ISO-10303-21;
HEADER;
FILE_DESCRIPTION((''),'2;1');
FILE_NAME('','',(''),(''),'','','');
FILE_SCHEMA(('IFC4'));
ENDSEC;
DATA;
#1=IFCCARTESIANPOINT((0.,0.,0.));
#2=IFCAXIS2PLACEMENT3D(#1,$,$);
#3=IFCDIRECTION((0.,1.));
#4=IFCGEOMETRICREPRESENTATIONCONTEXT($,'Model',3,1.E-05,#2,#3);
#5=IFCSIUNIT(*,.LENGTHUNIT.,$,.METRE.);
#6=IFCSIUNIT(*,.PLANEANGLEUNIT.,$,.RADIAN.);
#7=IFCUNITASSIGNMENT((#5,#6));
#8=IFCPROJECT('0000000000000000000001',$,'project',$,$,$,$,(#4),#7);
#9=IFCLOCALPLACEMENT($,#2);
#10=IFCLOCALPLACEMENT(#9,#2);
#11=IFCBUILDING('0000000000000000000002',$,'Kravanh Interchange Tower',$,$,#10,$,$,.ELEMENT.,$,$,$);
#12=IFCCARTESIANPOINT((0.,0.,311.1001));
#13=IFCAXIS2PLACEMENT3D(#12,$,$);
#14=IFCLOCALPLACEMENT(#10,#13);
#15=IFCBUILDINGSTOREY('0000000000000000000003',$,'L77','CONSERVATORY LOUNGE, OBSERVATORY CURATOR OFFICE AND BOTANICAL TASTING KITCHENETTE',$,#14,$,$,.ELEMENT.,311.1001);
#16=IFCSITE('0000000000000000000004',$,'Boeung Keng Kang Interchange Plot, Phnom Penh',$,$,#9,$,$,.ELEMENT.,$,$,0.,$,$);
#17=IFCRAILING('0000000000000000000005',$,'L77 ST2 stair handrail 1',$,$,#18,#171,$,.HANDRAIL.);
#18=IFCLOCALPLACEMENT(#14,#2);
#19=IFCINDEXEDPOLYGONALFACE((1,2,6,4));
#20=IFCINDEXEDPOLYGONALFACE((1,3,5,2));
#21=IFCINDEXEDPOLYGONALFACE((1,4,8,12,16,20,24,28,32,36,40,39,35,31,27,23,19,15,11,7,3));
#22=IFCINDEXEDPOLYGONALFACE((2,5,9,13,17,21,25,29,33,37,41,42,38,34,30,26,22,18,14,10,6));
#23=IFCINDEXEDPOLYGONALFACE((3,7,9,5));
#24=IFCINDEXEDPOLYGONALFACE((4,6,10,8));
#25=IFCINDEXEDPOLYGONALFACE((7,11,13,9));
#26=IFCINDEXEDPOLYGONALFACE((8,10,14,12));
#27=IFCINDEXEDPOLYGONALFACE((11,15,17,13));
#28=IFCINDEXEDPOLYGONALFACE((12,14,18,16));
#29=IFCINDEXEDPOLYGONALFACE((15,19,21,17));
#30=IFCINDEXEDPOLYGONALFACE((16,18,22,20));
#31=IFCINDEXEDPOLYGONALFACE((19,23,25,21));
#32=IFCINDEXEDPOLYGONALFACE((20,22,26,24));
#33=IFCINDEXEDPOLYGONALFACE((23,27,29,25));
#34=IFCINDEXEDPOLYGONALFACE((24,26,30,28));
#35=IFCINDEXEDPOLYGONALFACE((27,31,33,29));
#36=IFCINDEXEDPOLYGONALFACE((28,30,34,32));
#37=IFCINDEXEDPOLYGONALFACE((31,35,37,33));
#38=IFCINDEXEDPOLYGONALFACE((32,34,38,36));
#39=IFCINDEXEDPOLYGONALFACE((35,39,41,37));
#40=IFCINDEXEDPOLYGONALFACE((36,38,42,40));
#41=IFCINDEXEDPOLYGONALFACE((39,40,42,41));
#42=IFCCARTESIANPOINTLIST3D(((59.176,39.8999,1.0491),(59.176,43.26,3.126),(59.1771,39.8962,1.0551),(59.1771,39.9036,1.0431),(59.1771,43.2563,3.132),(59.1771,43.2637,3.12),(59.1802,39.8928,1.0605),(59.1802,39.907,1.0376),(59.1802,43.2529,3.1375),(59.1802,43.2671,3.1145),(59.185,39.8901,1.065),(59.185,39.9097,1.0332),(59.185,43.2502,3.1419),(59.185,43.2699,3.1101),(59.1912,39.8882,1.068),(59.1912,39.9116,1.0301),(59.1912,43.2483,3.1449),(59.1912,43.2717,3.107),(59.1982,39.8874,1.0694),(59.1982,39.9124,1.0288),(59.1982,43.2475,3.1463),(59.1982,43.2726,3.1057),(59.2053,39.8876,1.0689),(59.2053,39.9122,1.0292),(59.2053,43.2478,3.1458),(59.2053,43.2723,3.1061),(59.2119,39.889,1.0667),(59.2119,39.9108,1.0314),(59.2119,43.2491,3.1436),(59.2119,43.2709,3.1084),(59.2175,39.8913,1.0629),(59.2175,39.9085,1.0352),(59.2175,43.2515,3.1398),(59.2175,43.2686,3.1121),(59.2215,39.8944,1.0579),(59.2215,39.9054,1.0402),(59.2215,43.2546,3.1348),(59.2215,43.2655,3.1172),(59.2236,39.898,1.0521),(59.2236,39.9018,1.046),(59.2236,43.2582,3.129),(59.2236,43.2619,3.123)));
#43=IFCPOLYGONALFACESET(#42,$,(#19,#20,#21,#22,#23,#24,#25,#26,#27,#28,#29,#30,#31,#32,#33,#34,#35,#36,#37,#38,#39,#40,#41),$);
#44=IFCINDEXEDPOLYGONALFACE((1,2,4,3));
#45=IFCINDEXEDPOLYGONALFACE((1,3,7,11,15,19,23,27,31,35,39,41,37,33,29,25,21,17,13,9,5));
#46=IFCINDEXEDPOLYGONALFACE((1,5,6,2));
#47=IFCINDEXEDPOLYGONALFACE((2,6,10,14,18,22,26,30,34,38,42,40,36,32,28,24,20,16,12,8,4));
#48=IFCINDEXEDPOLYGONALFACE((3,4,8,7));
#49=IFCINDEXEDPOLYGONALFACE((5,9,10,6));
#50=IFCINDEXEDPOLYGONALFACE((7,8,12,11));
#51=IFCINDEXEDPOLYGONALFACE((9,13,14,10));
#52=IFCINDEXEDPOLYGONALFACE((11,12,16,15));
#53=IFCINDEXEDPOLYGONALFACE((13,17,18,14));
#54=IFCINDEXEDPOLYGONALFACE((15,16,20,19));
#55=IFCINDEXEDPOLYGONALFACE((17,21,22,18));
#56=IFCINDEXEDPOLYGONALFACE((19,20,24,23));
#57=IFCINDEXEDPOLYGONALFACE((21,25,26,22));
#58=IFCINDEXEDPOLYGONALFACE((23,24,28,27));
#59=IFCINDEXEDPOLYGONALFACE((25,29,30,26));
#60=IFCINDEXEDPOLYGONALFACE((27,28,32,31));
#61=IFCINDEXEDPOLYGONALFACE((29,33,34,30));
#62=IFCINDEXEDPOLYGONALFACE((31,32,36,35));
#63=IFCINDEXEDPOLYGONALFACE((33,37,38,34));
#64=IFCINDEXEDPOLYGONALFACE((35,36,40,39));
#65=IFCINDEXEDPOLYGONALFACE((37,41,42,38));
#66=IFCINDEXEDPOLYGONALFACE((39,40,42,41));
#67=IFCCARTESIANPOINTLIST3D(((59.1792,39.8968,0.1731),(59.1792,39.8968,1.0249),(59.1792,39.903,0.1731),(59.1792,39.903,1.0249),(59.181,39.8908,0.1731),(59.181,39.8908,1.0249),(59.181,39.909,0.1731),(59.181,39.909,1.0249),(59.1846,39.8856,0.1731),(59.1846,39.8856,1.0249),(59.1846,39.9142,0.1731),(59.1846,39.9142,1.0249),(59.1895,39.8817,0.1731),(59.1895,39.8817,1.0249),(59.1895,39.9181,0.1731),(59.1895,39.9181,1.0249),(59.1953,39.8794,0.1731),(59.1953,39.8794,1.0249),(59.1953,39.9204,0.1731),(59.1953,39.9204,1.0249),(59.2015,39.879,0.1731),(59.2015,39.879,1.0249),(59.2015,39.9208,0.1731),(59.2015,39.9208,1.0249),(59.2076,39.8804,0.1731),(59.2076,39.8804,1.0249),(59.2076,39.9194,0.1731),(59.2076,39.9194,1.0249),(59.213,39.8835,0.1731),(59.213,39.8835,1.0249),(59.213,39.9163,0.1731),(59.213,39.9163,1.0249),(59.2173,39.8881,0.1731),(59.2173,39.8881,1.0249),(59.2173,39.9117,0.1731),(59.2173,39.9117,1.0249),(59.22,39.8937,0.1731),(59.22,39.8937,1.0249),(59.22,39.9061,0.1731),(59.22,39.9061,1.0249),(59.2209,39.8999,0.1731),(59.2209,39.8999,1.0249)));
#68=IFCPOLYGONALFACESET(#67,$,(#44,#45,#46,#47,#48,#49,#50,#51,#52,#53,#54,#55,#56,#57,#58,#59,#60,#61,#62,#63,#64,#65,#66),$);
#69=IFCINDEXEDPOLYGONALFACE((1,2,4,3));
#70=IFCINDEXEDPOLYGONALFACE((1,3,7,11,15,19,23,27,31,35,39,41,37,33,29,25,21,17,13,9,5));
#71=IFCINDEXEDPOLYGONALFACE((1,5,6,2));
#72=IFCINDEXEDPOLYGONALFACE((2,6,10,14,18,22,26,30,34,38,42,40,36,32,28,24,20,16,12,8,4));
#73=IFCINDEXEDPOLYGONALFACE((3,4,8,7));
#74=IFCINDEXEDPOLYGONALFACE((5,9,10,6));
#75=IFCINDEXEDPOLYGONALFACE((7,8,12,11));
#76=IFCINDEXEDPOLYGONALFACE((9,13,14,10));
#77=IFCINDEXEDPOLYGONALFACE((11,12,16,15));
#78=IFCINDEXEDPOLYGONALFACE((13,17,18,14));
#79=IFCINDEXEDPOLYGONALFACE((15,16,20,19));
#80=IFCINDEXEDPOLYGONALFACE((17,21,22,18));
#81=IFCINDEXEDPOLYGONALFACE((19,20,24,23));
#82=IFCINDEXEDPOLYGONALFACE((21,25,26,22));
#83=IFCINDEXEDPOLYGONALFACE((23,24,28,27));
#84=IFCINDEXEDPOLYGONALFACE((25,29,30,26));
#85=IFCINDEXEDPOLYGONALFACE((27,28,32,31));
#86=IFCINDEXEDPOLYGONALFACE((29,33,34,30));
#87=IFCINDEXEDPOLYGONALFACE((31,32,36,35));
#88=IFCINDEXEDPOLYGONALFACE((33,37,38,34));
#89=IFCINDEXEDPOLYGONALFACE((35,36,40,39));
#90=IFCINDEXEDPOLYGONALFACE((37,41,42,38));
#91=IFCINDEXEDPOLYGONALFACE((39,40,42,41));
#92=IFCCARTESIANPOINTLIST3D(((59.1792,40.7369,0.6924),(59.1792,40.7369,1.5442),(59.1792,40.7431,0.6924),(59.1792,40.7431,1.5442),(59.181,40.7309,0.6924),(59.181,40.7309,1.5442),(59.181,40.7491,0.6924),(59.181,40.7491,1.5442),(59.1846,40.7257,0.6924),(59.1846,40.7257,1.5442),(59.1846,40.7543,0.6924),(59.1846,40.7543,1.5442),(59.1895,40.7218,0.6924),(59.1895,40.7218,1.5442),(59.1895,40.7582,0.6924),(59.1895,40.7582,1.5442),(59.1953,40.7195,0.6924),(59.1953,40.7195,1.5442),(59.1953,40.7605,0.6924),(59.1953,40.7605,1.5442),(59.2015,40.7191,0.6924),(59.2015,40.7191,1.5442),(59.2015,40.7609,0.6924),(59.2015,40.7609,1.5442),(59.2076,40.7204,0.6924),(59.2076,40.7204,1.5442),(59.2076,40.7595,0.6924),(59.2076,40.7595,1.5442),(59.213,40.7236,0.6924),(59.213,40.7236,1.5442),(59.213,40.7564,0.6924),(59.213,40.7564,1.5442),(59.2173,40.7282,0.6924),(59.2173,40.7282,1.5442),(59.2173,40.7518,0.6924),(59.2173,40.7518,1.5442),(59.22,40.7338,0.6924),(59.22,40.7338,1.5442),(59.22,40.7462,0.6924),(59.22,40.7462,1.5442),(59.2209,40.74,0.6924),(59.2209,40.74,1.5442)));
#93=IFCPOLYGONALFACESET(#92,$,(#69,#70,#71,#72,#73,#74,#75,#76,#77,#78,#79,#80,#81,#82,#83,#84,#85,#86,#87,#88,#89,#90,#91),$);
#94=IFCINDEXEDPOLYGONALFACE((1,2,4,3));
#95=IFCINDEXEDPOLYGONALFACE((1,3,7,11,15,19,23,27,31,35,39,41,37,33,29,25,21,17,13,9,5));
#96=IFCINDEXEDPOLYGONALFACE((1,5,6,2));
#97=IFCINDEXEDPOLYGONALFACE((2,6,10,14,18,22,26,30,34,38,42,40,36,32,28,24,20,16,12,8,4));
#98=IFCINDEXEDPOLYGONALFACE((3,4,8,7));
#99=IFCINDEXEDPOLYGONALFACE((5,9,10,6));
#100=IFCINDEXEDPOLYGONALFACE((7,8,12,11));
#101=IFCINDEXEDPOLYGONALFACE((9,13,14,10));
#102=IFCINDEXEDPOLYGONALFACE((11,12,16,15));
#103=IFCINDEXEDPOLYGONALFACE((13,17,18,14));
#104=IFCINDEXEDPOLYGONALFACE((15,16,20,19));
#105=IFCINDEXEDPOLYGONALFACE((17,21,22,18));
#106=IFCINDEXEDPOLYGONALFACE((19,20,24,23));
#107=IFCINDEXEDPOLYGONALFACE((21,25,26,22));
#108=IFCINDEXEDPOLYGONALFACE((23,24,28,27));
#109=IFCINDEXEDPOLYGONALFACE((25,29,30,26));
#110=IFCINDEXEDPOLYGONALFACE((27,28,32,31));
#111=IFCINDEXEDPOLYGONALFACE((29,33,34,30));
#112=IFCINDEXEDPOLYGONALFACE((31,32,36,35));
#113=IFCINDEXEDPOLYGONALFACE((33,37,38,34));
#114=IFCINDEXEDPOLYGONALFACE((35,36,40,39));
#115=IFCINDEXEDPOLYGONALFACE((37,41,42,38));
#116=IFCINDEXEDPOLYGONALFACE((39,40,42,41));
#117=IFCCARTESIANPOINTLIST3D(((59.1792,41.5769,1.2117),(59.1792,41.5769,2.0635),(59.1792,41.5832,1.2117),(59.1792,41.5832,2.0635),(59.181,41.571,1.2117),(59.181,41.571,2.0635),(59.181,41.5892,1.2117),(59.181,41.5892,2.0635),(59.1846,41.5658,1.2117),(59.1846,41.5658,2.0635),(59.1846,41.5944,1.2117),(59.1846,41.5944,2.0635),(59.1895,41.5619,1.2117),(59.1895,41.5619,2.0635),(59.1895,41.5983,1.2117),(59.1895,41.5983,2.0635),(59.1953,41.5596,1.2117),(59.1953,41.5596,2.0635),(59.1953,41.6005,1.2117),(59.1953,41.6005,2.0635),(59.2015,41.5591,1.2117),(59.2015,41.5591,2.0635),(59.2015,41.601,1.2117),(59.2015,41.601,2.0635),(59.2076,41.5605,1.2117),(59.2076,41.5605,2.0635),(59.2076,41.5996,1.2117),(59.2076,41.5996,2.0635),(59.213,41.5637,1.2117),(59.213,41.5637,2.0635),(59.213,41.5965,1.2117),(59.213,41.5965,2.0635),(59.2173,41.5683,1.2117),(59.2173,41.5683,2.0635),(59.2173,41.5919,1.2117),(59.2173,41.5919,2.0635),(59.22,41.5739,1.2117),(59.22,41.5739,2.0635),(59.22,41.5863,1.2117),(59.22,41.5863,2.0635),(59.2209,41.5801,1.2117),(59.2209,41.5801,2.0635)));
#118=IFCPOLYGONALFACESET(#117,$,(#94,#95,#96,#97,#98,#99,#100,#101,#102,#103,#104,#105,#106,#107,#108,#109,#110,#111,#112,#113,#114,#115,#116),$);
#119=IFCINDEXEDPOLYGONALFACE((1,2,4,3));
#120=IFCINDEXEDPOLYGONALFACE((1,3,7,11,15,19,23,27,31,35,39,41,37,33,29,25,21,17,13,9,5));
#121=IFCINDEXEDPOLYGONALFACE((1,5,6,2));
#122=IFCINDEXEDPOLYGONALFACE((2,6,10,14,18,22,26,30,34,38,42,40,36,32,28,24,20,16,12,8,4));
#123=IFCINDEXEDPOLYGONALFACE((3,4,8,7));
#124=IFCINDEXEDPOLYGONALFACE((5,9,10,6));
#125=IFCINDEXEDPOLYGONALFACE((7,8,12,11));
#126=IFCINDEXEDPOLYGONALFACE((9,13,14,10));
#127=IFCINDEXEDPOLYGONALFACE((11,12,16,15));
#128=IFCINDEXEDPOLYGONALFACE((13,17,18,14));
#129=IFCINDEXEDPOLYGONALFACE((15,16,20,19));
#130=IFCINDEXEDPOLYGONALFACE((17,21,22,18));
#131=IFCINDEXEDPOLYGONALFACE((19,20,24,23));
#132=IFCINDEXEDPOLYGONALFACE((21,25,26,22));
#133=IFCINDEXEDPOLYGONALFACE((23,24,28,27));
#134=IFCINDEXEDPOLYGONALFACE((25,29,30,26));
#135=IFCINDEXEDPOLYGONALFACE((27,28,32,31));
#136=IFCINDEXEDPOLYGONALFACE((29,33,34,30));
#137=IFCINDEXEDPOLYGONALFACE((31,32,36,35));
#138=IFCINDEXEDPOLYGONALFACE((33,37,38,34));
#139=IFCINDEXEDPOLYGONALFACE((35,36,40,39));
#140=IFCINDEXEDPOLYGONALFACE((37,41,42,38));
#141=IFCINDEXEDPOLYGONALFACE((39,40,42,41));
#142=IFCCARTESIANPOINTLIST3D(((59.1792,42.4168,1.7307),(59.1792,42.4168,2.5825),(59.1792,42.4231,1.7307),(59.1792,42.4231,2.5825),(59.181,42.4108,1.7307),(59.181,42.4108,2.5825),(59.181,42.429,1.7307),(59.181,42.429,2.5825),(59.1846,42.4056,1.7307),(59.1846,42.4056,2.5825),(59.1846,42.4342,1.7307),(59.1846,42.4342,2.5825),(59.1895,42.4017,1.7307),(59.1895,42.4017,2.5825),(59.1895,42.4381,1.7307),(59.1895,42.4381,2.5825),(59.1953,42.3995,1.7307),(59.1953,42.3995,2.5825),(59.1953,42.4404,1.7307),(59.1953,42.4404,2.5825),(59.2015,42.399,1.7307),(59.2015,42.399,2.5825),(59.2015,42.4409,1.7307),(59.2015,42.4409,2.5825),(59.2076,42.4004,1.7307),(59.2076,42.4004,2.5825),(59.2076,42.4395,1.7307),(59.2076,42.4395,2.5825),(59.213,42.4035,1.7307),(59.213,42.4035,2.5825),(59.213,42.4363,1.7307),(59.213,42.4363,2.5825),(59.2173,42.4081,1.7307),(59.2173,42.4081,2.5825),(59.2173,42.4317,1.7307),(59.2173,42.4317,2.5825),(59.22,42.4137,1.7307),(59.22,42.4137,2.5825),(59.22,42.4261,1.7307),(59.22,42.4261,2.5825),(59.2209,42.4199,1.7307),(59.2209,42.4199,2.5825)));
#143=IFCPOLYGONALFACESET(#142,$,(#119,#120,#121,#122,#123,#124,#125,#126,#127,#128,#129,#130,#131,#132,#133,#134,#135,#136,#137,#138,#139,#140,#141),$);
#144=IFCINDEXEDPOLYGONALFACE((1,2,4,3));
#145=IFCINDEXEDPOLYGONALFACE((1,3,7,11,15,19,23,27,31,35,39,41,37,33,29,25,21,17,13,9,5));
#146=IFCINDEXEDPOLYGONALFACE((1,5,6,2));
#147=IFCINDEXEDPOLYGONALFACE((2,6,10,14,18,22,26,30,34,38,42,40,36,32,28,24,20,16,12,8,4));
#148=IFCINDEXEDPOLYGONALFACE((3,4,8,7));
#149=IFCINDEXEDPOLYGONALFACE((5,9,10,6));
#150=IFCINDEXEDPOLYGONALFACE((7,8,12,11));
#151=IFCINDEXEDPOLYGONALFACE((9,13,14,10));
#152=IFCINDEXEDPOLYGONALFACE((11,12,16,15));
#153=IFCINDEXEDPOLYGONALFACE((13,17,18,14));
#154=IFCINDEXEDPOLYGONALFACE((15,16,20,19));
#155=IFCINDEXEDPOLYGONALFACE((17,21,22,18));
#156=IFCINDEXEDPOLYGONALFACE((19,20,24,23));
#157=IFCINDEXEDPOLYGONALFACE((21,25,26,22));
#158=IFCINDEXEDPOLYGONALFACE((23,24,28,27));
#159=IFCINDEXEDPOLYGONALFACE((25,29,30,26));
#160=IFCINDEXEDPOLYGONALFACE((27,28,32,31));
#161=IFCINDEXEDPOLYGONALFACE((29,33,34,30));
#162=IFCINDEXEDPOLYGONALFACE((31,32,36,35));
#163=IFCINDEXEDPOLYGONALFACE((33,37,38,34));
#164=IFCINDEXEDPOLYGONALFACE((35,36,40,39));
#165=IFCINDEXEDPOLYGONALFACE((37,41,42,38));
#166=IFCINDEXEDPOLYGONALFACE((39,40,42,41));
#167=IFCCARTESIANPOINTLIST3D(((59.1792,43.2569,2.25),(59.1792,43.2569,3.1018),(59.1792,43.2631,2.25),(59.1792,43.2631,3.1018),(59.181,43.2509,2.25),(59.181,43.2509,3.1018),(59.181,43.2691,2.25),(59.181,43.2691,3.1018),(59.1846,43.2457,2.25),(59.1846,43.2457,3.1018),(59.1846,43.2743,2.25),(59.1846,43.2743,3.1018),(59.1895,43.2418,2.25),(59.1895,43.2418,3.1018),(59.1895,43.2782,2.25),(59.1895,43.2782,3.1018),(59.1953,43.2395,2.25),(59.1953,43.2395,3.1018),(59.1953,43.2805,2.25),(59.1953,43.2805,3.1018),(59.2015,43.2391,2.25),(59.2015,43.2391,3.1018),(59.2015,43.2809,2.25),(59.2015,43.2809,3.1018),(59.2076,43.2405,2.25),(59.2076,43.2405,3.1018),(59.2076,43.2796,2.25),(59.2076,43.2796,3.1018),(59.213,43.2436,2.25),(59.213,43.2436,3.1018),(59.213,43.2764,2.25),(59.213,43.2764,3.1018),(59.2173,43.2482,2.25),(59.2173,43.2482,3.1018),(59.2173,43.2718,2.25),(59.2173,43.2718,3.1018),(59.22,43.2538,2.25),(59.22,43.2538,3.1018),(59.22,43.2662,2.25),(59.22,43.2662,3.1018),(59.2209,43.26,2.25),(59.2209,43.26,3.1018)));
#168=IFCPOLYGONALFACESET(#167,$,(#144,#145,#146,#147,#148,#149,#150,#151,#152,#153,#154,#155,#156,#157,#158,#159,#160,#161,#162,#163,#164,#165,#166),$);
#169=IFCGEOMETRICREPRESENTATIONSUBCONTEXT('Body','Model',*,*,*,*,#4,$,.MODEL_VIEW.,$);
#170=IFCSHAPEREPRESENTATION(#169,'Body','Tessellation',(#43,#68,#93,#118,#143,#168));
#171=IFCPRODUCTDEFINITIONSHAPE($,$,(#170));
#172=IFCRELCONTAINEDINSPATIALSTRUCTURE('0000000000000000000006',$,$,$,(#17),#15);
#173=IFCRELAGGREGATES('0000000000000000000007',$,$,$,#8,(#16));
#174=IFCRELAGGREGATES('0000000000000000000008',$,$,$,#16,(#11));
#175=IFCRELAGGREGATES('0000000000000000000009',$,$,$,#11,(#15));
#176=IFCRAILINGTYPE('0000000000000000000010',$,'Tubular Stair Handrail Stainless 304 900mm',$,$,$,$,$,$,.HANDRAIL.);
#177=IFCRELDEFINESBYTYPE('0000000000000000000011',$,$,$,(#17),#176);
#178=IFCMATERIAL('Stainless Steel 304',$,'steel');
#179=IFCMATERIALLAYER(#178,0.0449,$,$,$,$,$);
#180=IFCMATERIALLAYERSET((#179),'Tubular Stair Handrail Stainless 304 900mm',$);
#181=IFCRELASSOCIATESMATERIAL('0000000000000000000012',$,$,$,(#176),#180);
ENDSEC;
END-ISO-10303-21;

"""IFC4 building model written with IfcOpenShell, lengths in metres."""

from ifc_helpers import new_model, si_unit, direction, frame, origin, origin_2d, place, context, subcontext, project, spatial, circle, extrude, material, layer, layer_set, type_object, element, save


model = new_model("IFC4")

# Units and contexts
model_context = context("Model", 3, precision=1e-05, world=origin(), true_north=direction((0.0, 1.0)))
body_context = subcontext(model_context, "Body", "Model", "MODEL_VIEW")
ifc_project = project(units=[si_unit("LENGTHUNIT", "METRE"), si_unit("PLANEANGLEUNIT", "RADIAN")], contexts=[model_context])

# Site, building, storey
site_placement = place(None, origin())
site = spatial("IfcSite", under=ifc_project, at=site_placement, Name="Boeung Keng Kang Interchange Plot, Phnom Penh", CompositionType="ELEMENT", RefElevation=0.0)
building_placement = place(site_placement, origin())
building = spatial("IfcBuilding", under=site, at=building_placement, Name="Kravanh Interchange Tower", CompositionType="ELEMENT")
storey_placement = place(building_placement, frame((0.0, 0.0, 311.1001)))
storey = spatial("IfcBuildingStorey", under=building, at=storey_placement, Name="L77", Description="CONSERVATORY LOUNGE, OBSERVATORY CURATOR OFFICE AND BOTANICAL TASTING KITCHENETTE", CompositionType="ELEMENT", Elevation=311.1001)

# Railing
ifc_material_1 = material(Name="Stainless Steel 304", Category="steel")
ifc_layer_1 = layer(ifc_material_1, 0.0449)
ifc_layer_set_1 = layer_set([ifc_layer_1], Name="Tubular Stair Handrail Stainless 304 900mm")
railing_type_1 = type_object("IfcRailingType", Name="Tubular Stair Handrail Stainless 304 900mm", PredefinedType="HANDRAIL", material=ifc_layer_set_1)
railing_1_placement = place(storey_placement, frame((59.2, 39.8999, 0.1731)))
element("IfcRailing", 1, at=railing_1_placement, inside=storey, type_object=railing_type_1, Name="L77 ST2 stair handrail 1", PredefinedType="HANDRAIL", context=body_context, shape_type="SweptSolid", body=[
    extrude(circle(Radius=0.0239, at=origin_2d()), frame((0.0, 0.0, 0.876), z_axis=(0.0, 0.850623, 0.525776), x_axis=(-1.0, 0.0, 0.0)), (0.0, 0.0, 1.0), 3.9502),
    extrude(circle(Radius=0.021, at=origin_2d()), origin(), (0.0, 0.0, 1.0), 0.8518),
    extrude(circle(Radius=0.021, at=origin_2d()), frame((0.0, 0.8401, 0.5193)), (0.0, 0.0, 1.0), 0.8518),
    extrude(circle(Radius=0.021, at=origin_2d()), frame((0.0, 1.6802, 1.0386)), (0.0, 0.0, 1.0), 0.8518),
    extrude(circle(Radius=0.021, at=origin_2d()), frame((0.0, 2.52, 1.5576)), (0.0, 0.0, 1.0), 0.8518),
    extrude(circle(Radius=0.021, at=origin_2d()), frame((0.0, 3.3601, 2.0769)), (0.0, 0.0, 1.0), 0.8518),
])

save(model, "model.ifc")
